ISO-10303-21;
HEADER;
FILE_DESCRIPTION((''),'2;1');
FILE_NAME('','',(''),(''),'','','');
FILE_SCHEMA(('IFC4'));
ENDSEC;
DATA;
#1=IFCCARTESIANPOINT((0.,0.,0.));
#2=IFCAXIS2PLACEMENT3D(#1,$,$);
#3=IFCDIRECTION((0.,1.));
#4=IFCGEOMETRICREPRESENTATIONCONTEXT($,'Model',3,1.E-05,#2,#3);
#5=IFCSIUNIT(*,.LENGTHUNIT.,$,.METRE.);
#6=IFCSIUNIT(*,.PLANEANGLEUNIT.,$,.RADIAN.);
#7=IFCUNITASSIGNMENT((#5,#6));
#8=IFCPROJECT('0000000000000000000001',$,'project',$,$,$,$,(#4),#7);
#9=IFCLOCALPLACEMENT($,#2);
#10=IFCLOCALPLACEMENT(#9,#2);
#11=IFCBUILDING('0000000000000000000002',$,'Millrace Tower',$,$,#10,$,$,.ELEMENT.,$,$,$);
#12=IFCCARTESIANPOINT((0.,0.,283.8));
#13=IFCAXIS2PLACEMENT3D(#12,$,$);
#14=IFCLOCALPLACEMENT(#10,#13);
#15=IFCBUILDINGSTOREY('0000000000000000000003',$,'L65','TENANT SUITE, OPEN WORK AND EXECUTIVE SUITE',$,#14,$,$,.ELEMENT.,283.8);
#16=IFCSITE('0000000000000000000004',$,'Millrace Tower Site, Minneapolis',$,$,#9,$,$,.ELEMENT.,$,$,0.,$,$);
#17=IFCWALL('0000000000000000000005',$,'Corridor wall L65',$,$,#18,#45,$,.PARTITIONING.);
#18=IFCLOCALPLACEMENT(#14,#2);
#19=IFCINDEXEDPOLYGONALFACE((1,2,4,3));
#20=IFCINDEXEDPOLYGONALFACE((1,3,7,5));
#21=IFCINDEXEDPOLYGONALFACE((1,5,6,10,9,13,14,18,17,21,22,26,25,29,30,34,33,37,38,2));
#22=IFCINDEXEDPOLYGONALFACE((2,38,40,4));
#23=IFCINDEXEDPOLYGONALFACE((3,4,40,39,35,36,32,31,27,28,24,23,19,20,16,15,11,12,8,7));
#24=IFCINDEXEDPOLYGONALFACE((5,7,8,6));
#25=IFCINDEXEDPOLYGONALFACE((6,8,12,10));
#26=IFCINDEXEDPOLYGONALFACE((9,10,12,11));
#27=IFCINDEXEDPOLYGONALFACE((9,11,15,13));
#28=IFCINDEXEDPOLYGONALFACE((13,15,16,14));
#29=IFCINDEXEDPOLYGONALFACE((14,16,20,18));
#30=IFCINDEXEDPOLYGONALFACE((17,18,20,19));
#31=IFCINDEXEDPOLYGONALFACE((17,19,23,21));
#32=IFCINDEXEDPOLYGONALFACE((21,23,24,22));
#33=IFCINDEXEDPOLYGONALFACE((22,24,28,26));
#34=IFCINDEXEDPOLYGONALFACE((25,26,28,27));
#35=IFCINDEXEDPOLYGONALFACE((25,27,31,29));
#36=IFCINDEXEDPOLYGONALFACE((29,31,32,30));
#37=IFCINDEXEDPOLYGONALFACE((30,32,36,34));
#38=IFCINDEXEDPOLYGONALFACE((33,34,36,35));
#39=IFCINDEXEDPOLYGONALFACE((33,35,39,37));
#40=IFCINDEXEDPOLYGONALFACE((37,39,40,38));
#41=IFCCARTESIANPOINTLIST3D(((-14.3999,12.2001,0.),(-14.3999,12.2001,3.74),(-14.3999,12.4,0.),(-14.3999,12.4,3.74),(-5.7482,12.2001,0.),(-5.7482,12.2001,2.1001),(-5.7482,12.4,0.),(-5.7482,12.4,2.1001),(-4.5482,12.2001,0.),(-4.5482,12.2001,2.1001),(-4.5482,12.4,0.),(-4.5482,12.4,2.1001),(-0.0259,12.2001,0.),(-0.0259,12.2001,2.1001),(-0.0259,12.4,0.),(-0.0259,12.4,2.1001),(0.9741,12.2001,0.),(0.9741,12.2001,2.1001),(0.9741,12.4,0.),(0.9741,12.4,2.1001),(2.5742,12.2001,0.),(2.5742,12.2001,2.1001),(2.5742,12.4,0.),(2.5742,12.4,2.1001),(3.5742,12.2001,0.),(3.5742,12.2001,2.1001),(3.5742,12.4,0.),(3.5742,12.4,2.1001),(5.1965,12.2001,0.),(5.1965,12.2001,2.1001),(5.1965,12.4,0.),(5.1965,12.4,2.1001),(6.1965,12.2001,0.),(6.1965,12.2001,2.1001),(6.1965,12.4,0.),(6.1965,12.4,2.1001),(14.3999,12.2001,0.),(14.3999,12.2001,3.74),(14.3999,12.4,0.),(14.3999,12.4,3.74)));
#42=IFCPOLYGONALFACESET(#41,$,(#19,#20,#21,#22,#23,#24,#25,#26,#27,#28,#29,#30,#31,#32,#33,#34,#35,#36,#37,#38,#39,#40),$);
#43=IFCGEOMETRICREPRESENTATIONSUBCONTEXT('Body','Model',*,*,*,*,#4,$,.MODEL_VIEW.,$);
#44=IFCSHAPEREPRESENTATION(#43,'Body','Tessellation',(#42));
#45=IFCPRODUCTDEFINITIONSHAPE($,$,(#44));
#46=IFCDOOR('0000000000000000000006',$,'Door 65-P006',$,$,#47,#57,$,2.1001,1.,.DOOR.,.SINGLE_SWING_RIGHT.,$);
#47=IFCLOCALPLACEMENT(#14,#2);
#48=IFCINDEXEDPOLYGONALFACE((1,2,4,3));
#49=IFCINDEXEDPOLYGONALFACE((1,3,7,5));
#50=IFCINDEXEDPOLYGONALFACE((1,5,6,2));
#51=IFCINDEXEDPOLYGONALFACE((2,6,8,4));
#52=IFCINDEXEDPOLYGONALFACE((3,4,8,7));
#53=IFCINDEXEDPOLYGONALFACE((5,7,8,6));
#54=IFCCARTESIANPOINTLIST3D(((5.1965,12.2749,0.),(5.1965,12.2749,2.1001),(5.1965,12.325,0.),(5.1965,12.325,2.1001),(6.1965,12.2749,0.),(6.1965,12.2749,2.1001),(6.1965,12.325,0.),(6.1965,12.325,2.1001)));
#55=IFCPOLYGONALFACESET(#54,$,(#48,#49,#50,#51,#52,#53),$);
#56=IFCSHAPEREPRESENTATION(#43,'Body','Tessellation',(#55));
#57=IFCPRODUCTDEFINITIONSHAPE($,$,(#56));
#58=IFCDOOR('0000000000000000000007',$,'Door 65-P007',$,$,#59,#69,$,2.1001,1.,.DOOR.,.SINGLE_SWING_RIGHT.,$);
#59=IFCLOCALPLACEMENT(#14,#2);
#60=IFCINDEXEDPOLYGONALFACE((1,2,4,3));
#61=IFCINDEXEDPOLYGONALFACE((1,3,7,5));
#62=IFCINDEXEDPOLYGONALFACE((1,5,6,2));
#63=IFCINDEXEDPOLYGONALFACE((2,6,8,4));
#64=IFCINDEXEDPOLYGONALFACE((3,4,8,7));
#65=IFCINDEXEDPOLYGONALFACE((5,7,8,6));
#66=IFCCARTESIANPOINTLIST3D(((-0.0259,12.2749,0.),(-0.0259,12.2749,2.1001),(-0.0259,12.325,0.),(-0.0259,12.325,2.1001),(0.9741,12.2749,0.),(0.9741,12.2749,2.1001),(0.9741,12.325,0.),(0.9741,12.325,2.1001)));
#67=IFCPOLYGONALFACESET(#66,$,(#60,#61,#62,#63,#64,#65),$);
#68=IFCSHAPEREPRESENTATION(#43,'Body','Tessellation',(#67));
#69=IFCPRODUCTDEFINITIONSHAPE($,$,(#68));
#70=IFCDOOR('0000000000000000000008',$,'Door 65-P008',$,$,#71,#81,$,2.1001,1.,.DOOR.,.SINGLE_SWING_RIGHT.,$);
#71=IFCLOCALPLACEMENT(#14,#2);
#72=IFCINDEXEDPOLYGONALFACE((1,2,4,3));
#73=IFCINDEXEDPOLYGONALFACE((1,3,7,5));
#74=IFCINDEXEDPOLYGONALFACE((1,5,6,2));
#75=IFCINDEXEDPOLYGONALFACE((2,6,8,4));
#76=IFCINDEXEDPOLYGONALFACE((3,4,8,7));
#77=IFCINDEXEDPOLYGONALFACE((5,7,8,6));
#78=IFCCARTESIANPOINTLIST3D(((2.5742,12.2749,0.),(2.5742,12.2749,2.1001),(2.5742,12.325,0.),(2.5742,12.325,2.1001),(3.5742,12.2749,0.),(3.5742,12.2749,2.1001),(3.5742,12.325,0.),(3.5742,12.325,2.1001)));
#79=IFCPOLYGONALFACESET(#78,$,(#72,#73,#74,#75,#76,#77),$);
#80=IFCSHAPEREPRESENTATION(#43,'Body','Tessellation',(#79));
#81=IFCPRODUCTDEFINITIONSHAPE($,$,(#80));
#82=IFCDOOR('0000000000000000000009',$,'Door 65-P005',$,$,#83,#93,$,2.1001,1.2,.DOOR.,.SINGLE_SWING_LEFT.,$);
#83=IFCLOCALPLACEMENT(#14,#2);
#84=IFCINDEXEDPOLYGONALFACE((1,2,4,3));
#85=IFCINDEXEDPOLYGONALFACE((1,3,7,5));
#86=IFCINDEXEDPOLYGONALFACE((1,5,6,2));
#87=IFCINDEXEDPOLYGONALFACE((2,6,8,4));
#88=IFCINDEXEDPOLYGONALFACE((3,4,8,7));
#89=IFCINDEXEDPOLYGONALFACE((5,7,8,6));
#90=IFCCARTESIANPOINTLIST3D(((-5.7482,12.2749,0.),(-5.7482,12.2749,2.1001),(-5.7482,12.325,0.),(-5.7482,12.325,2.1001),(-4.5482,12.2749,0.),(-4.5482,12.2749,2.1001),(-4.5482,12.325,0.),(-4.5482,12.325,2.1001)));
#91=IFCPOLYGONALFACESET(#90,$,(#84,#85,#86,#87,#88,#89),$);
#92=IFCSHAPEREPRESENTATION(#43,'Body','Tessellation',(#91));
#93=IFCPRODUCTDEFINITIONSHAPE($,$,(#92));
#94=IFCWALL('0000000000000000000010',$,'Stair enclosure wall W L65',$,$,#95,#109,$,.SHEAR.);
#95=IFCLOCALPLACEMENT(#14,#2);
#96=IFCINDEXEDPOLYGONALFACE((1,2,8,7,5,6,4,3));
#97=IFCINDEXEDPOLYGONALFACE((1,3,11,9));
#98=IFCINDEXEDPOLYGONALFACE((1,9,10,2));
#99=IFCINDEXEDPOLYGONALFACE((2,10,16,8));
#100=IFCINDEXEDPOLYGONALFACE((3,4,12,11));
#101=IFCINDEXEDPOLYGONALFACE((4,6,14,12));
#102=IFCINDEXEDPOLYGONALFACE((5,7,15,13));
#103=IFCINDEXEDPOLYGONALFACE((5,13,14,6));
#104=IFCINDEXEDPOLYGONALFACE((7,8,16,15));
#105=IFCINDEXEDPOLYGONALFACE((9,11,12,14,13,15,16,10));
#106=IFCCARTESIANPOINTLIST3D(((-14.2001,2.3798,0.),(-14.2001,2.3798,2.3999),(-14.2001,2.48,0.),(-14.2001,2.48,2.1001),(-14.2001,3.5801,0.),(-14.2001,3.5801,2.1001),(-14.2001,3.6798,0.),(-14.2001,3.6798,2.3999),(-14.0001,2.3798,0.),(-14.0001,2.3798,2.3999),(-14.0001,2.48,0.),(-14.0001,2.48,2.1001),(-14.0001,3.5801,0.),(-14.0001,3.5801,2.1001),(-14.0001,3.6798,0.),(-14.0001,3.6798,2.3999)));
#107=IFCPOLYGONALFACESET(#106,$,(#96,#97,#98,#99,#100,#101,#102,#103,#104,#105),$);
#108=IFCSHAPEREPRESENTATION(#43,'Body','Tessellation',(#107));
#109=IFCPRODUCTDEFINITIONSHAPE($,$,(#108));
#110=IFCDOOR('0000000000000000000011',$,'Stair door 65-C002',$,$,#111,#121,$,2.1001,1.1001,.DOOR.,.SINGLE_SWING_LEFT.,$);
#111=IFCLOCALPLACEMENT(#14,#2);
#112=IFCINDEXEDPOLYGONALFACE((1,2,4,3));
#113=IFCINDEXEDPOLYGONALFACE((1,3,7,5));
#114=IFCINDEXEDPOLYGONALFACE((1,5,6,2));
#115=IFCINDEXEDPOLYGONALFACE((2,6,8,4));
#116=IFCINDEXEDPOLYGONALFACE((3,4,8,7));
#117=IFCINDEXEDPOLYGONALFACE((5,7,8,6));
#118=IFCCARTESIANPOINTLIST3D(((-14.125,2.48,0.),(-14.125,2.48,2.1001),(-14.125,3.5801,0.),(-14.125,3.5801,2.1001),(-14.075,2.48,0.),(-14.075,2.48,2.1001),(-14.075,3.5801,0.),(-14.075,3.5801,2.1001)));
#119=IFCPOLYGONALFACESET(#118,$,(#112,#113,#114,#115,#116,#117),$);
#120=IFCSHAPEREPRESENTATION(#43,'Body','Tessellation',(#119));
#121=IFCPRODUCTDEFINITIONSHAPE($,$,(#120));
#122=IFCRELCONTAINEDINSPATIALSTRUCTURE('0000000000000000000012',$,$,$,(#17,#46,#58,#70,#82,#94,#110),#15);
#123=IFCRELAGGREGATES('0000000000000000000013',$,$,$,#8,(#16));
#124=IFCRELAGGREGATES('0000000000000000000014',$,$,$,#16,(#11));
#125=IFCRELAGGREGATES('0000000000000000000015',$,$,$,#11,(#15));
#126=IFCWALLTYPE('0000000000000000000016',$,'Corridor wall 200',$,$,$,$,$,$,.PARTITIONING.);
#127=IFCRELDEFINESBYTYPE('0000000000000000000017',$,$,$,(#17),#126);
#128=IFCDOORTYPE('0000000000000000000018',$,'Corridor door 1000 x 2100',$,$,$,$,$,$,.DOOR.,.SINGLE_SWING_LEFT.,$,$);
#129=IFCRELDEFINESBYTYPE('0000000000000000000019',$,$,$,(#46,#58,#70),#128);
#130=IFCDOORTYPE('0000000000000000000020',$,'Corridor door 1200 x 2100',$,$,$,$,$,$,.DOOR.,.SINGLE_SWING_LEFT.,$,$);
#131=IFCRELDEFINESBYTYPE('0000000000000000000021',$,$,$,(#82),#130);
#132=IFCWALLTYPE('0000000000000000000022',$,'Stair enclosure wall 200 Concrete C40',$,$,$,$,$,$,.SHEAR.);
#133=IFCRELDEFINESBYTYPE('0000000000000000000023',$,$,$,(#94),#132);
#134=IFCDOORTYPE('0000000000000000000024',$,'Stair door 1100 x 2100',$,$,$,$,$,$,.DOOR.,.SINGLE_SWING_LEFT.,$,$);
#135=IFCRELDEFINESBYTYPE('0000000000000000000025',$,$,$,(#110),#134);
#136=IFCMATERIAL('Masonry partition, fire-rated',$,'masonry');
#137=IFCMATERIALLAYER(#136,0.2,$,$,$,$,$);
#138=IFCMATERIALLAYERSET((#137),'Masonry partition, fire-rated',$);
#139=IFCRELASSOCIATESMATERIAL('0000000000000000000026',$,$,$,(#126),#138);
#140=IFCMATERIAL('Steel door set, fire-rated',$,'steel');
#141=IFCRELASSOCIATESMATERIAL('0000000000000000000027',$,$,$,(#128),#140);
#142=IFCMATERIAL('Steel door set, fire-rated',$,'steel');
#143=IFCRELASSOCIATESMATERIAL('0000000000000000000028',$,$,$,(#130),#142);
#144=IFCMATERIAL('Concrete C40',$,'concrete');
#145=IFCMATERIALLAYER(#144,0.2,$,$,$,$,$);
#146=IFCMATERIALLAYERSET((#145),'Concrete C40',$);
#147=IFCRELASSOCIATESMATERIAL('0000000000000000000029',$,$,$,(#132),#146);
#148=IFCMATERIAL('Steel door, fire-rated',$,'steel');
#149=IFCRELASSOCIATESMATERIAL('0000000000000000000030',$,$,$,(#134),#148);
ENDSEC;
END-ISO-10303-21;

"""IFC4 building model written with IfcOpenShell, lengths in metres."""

from ifc_helpers import new_model, si_unit, direction, frame, frame_2d, origin, place, context, subcontext, project, spatial, rectangle, extrude, material, layer, layer_set, type_object, element, fill, save


model = new_model("IFC4")

# Units and contexts
model_context = context("Model", 3, precision=1e-05, world=origin(), true_north=direction((0.0, 1.0)))
body_context = subcontext(model_context, "Body", "Model", "MODEL_VIEW")
ifc_project = project(units=[si_unit("LENGTHUNIT", "METRE"), si_unit("PLANEANGLEUNIT", "RADIAN")], contexts=[model_context])

# Site, building, storey
site_placement = place(None, origin())
site = spatial("IfcSite", under=ifc_project, at=site_placement, Name="Millrace Tower Site, Minneapolis", CompositionType="ELEMENT", RefElevation=0.0)
building_placement = place(site_placement, origin())
building = spatial("IfcBuilding", under=site, at=building_placement, Name="Millrace Tower", CompositionType="ELEMENT")
storey_placement = place(building_placement, frame((0.0, 0.0, 283.8)))
storey = spatial("IfcBuildingStorey", under=building, at=storey_placement, Name="L65", Description="TENANT SUITE, OPEN WORK AND EXECUTIVE SUITE", CompositionType="ELEMENT", Elevation=283.8)

# Wall, openings, doors
ifc_material_1 = material(Name="Masonry partition, fire-rated", Category="masonry")
ifc_layer_1 = layer(ifc_material_1, 0.2)
ifc_layer_set_1 = layer_set([ifc_layer_1], Name="Masonry partition, fire-rated")
wall_type_1 = type_object("IfcWallType", Name="Corridor wall 200", PredefinedType="PARTITIONING", material=ifc_layer_set_1)
wall_1_placement = place(storey_placement, frame((-14.3999, 12.3, 0.0), z_axis=(0.0, 0.0, 1.0), x_axis=(1.0, 0.0, 0.0)))
wall_1 = element("IfcWall", 1, at=wall_1_placement, inside=storey, type_object=wall_type_1, Name="Corridor wall L65", PredefinedType="PARTITIONING", context=body_context, shape_type="SweptSolid", body=[
    extrude(rectangle(XDim=28.7998, YDim=0.2, at=frame_2d((14.3999, 0.0))), origin(), (0.0, 0.0, 1.0), 3.74),
])
opening_1_placement = place(wall_1_placement, frame((8.6516, 0.0, 0.0)))
opening_1 = element("IfcOpeningElement", 2, at=opening_1_placement, cuts=wall_1, PredefinedType="OPENING", context=body_context, shape_type="SweptSolid", body=[
    extrude(rectangle(XDim=1.2, YDim=2.1001, at=frame_2d((0.6001, 1.05))), frame((0.0, 0.1099, 0.0), z_axis=(0.0, -1.0, 0.0), x_axis=(1.0, 0.0, 0.0)), (0.0, 0.0, 1.0), 0.22),
])
opening_2_placement = place(wall_1_placement, frame((19.5964, 0.0, 0.0)))
opening_2 = element("IfcOpeningElement", 3, at=opening_2_placement, cuts=wall_1, PredefinedType="OPENING", context=body_context, shape_type="SweptSolid", body=[
    extrude(rectangle(XDim=1.0, YDim=2.1001, at=frame_2d((0.5, 1.05))), frame((0.0, 0.1099, 0.0), z_axis=(0.0, -1.0, 0.0), x_axis=(1.0, 0.0, 0.0)), (0.0, 0.0, 1.0), 0.22),
])
opening_3_placement = place(wall_1_placement, frame((14.374, 0.0, 0.0)))
opening_3 = element("IfcOpeningElement", 4, at=opening_3_placement, cuts=wall_1, PredefinedType="OPENING", context=body_context, shape_type="SweptSolid", body=[
    extrude(rectangle(XDim=1.0, YDim=2.1001, at=frame_2d((0.5, 1.05))), frame((0.0, 0.1099, 0.0), z_axis=(0.0, -1.0, 0.0), x_axis=(1.0, 0.0, 0.0)), (0.0, 0.0, 1.0), 0.22),
])
opening_4_placement = place(wall_1_placement, frame((16.9741, 0.0, 0.0)))
opening_4 = element("IfcOpeningElement", 5, at=opening_4_placement, cuts=wall_1, PredefinedType="OPENING", context=body_context, shape_type="SweptSolid", body=[
    extrude(rectangle(XDim=1.0, YDim=2.1001, at=frame_2d((0.5, 1.05))), frame((0.0, 0.1099, 0.0), z_axis=(0.0, -1.0, 0.0), x_axis=(1.0, 0.0, 0.0)), (0.0, 0.0, 1.0), 0.22),
])
ifc_material_2 = material(Name="Steel door set, fire-rated", Category="steel")
door_type_1 = type_object("IfcDoorType", Name="Corridor door 1000 x 2100", OperationType="SINGLE_SWING_LEFT", PredefinedType="DOOR", material=ifc_material_2)
door_1_placement = place(opening_2_placement, origin())
door_1 = element("IfcDoor", 6, at=door_1_placement, inside=storey, type_object=door_type_1, Name="Door 65-P006", OperationType="SINGLE_SWING_RIGHT", OverallHeight=2.1001, OverallWidth=1.0, PredefinedType="DOOR", context=body_context, shape_type="SweptSolid", body=[
    extrude(rectangle(XDim=1.0, YDim=2.1001, at=frame_2d((0.5, 1.05))), frame((0.0, 0.0249, 0.0), z_axis=(0.0, -1.0, 0.0), x_axis=(1.0, 0.0, 0.0)), (0.0, 0.0, 1.0), 0.05),
])
fill(opening_2, door_1)
door_2_placement = place(opening_3_placement, origin())
door_2 = element("IfcDoor", 7, at=door_2_placement, inside=storey, type_object=door_type_1, Name="Door 65-P007", OperationType="SINGLE_SWING_RIGHT", OverallHeight=2.1001, OverallWidth=1.0, PredefinedType="DOOR", context=body_context, shape_type="SweptSolid", body=[
    extrude(rectangle(XDim=1.0, YDim=2.1001, at=frame_2d((0.5, 1.05))), frame((0.0, 0.0249, 0.0), z_axis=(0.0, -1.0, 0.0), x_axis=(1.0, 0.0, 0.0)), (0.0, 0.0, 1.0), 0.05),
])
fill(opening_3, door_2)
door_3_placement = place(opening_4_placement, origin())
door_3 = element("IfcDoor", 8, at=door_3_placement, inside=storey, type_object=door_type_1, Name="Door 65-P008", OperationType="SINGLE_SWING_RIGHT", OverallHeight=2.1001, OverallWidth=1.0, PredefinedType="DOOR", context=body_context, shape_type="SweptSolid", body=[
    extrude(rectangle(XDim=1.0, YDim=2.1001, at=frame_2d((0.5, 1.05))), frame((0.0, 0.0249, 0.0), z_axis=(0.0, -1.0, 0.0), x_axis=(1.0, 0.0, 0.0)), (0.0, 0.0, 1.0), 0.05),
])
fill(opening_4, door_3)
ifc_material_3 = material(Name="Steel door set, fire-rated", Category="steel")
door_type_2 = type_object("IfcDoorType", Name="Corridor door 1200 x 2100", OperationType="SINGLE_SWING_LEFT", PredefinedType="DOOR", material=ifc_material_3)
door_4_placement = place(opening_1_placement, origin())
door_4 = element("IfcDoor", 9, at=door_4_placement, inside=storey, type_object=door_type_2, Name="Door 65-P005", OperationType="SINGLE_SWING_LEFT", OverallHeight=2.1001, OverallWidth=1.2, PredefinedType="DOOR", context=body_context, shape_type="SweptSolid", body=[
    extrude(rectangle(XDim=1.2, YDim=2.1001, at=frame_2d((0.6001, 1.05))), frame((0.0, 0.0249, 0.0), z_axis=(0.0, -1.0, 0.0), x_axis=(1.0, 0.0, 0.0)), (0.0, 0.0, 1.0), 0.05),
])
fill(opening_1, door_4)

# Wall, opening, door
ifc_material_4 = material(Name="Concrete C40", Category="concrete")
ifc_layer_2 = layer(ifc_material_4, 0.2)
ifc_layer_set_2 = layer_set([ifc_layer_2], Name="Concrete C40")
wall_type_2 = type_object("IfcWallType", Name="Stair enclosure wall 200 Concrete C40", PredefinedType="SHEAR", material=ifc_layer_set_2)
wall_2_placement = place(storey_placement, frame((-14.1001, 2.3799, 0.0), z_axis=(0.0, 0.0, 1.0), x_axis=(0.0, 1.0, 0.0)))
wall_2 = element("IfcWall", 10, at=wall_2_placement, inside=storey, type_object=wall_type_2, Name="Stair enclosure wall W L65", PredefinedType="SHEAR", context=body_context, shape_type="SweptSolid", body=[
    extrude(rectangle(XDim=1.3, YDim=0.2, at=frame_2d((0.6499, 0.0))), origin(), (0.0, 0.0, 1.0), 2.3999),
])
opening_5_placement = place(wall_2_placement, frame((0.1001, 0.0, 0.0)))
opening_5 = element("IfcOpeningElement", 11, at=opening_5_placement, cuts=wall_2, PredefinedType="OPENING", context=body_context, shape_type="SweptSolid", body=[
    extrude(rectangle(XDim=1.1001, YDim=2.1001, at=frame_2d((0.55, 1.05))), frame((0.0, 0.1099, 0.0), z_axis=(0.0, -1.0, 0.0), x_axis=(1.0, 0.0, 0.0)), (0.0, 0.0, 1.0), 0.22),
])
ifc_material_5 = material(Name="Steel door, fire-rated", Category="steel")
door_type_3 = type_object("IfcDoorType", Name="Stair door 1100 x 2100", OperationType="SINGLE_SWING_LEFT", PredefinedType="DOOR", material=ifc_material_5)
door_5_placement = place(opening_5_placement, origin())
door_5 = element("IfcDoor", 12, at=door_5_placement, inside=storey, type_object=door_type_3, Name="Stair door 65-C002", OperationType="SINGLE_SWING_LEFT", OverallHeight=2.1001, OverallWidth=1.1001, PredefinedType="DOOR", context=body_context, shape_type="SweptSolid", body=[
    extrude(rectangle(XDim=1.1001, YDim=2.1001, at=frame_2d((0.55, 1.05))), frame((0.0, 0.0249, 0.0), z_axis=(0.0, -1.0, 0.0), x_axis=(1.0, 0.0, 0.0)), (0.0, 0.0, 1.0), 0.05),
])
fill(opening_5, door_5)

save(model, "model.ifc")
